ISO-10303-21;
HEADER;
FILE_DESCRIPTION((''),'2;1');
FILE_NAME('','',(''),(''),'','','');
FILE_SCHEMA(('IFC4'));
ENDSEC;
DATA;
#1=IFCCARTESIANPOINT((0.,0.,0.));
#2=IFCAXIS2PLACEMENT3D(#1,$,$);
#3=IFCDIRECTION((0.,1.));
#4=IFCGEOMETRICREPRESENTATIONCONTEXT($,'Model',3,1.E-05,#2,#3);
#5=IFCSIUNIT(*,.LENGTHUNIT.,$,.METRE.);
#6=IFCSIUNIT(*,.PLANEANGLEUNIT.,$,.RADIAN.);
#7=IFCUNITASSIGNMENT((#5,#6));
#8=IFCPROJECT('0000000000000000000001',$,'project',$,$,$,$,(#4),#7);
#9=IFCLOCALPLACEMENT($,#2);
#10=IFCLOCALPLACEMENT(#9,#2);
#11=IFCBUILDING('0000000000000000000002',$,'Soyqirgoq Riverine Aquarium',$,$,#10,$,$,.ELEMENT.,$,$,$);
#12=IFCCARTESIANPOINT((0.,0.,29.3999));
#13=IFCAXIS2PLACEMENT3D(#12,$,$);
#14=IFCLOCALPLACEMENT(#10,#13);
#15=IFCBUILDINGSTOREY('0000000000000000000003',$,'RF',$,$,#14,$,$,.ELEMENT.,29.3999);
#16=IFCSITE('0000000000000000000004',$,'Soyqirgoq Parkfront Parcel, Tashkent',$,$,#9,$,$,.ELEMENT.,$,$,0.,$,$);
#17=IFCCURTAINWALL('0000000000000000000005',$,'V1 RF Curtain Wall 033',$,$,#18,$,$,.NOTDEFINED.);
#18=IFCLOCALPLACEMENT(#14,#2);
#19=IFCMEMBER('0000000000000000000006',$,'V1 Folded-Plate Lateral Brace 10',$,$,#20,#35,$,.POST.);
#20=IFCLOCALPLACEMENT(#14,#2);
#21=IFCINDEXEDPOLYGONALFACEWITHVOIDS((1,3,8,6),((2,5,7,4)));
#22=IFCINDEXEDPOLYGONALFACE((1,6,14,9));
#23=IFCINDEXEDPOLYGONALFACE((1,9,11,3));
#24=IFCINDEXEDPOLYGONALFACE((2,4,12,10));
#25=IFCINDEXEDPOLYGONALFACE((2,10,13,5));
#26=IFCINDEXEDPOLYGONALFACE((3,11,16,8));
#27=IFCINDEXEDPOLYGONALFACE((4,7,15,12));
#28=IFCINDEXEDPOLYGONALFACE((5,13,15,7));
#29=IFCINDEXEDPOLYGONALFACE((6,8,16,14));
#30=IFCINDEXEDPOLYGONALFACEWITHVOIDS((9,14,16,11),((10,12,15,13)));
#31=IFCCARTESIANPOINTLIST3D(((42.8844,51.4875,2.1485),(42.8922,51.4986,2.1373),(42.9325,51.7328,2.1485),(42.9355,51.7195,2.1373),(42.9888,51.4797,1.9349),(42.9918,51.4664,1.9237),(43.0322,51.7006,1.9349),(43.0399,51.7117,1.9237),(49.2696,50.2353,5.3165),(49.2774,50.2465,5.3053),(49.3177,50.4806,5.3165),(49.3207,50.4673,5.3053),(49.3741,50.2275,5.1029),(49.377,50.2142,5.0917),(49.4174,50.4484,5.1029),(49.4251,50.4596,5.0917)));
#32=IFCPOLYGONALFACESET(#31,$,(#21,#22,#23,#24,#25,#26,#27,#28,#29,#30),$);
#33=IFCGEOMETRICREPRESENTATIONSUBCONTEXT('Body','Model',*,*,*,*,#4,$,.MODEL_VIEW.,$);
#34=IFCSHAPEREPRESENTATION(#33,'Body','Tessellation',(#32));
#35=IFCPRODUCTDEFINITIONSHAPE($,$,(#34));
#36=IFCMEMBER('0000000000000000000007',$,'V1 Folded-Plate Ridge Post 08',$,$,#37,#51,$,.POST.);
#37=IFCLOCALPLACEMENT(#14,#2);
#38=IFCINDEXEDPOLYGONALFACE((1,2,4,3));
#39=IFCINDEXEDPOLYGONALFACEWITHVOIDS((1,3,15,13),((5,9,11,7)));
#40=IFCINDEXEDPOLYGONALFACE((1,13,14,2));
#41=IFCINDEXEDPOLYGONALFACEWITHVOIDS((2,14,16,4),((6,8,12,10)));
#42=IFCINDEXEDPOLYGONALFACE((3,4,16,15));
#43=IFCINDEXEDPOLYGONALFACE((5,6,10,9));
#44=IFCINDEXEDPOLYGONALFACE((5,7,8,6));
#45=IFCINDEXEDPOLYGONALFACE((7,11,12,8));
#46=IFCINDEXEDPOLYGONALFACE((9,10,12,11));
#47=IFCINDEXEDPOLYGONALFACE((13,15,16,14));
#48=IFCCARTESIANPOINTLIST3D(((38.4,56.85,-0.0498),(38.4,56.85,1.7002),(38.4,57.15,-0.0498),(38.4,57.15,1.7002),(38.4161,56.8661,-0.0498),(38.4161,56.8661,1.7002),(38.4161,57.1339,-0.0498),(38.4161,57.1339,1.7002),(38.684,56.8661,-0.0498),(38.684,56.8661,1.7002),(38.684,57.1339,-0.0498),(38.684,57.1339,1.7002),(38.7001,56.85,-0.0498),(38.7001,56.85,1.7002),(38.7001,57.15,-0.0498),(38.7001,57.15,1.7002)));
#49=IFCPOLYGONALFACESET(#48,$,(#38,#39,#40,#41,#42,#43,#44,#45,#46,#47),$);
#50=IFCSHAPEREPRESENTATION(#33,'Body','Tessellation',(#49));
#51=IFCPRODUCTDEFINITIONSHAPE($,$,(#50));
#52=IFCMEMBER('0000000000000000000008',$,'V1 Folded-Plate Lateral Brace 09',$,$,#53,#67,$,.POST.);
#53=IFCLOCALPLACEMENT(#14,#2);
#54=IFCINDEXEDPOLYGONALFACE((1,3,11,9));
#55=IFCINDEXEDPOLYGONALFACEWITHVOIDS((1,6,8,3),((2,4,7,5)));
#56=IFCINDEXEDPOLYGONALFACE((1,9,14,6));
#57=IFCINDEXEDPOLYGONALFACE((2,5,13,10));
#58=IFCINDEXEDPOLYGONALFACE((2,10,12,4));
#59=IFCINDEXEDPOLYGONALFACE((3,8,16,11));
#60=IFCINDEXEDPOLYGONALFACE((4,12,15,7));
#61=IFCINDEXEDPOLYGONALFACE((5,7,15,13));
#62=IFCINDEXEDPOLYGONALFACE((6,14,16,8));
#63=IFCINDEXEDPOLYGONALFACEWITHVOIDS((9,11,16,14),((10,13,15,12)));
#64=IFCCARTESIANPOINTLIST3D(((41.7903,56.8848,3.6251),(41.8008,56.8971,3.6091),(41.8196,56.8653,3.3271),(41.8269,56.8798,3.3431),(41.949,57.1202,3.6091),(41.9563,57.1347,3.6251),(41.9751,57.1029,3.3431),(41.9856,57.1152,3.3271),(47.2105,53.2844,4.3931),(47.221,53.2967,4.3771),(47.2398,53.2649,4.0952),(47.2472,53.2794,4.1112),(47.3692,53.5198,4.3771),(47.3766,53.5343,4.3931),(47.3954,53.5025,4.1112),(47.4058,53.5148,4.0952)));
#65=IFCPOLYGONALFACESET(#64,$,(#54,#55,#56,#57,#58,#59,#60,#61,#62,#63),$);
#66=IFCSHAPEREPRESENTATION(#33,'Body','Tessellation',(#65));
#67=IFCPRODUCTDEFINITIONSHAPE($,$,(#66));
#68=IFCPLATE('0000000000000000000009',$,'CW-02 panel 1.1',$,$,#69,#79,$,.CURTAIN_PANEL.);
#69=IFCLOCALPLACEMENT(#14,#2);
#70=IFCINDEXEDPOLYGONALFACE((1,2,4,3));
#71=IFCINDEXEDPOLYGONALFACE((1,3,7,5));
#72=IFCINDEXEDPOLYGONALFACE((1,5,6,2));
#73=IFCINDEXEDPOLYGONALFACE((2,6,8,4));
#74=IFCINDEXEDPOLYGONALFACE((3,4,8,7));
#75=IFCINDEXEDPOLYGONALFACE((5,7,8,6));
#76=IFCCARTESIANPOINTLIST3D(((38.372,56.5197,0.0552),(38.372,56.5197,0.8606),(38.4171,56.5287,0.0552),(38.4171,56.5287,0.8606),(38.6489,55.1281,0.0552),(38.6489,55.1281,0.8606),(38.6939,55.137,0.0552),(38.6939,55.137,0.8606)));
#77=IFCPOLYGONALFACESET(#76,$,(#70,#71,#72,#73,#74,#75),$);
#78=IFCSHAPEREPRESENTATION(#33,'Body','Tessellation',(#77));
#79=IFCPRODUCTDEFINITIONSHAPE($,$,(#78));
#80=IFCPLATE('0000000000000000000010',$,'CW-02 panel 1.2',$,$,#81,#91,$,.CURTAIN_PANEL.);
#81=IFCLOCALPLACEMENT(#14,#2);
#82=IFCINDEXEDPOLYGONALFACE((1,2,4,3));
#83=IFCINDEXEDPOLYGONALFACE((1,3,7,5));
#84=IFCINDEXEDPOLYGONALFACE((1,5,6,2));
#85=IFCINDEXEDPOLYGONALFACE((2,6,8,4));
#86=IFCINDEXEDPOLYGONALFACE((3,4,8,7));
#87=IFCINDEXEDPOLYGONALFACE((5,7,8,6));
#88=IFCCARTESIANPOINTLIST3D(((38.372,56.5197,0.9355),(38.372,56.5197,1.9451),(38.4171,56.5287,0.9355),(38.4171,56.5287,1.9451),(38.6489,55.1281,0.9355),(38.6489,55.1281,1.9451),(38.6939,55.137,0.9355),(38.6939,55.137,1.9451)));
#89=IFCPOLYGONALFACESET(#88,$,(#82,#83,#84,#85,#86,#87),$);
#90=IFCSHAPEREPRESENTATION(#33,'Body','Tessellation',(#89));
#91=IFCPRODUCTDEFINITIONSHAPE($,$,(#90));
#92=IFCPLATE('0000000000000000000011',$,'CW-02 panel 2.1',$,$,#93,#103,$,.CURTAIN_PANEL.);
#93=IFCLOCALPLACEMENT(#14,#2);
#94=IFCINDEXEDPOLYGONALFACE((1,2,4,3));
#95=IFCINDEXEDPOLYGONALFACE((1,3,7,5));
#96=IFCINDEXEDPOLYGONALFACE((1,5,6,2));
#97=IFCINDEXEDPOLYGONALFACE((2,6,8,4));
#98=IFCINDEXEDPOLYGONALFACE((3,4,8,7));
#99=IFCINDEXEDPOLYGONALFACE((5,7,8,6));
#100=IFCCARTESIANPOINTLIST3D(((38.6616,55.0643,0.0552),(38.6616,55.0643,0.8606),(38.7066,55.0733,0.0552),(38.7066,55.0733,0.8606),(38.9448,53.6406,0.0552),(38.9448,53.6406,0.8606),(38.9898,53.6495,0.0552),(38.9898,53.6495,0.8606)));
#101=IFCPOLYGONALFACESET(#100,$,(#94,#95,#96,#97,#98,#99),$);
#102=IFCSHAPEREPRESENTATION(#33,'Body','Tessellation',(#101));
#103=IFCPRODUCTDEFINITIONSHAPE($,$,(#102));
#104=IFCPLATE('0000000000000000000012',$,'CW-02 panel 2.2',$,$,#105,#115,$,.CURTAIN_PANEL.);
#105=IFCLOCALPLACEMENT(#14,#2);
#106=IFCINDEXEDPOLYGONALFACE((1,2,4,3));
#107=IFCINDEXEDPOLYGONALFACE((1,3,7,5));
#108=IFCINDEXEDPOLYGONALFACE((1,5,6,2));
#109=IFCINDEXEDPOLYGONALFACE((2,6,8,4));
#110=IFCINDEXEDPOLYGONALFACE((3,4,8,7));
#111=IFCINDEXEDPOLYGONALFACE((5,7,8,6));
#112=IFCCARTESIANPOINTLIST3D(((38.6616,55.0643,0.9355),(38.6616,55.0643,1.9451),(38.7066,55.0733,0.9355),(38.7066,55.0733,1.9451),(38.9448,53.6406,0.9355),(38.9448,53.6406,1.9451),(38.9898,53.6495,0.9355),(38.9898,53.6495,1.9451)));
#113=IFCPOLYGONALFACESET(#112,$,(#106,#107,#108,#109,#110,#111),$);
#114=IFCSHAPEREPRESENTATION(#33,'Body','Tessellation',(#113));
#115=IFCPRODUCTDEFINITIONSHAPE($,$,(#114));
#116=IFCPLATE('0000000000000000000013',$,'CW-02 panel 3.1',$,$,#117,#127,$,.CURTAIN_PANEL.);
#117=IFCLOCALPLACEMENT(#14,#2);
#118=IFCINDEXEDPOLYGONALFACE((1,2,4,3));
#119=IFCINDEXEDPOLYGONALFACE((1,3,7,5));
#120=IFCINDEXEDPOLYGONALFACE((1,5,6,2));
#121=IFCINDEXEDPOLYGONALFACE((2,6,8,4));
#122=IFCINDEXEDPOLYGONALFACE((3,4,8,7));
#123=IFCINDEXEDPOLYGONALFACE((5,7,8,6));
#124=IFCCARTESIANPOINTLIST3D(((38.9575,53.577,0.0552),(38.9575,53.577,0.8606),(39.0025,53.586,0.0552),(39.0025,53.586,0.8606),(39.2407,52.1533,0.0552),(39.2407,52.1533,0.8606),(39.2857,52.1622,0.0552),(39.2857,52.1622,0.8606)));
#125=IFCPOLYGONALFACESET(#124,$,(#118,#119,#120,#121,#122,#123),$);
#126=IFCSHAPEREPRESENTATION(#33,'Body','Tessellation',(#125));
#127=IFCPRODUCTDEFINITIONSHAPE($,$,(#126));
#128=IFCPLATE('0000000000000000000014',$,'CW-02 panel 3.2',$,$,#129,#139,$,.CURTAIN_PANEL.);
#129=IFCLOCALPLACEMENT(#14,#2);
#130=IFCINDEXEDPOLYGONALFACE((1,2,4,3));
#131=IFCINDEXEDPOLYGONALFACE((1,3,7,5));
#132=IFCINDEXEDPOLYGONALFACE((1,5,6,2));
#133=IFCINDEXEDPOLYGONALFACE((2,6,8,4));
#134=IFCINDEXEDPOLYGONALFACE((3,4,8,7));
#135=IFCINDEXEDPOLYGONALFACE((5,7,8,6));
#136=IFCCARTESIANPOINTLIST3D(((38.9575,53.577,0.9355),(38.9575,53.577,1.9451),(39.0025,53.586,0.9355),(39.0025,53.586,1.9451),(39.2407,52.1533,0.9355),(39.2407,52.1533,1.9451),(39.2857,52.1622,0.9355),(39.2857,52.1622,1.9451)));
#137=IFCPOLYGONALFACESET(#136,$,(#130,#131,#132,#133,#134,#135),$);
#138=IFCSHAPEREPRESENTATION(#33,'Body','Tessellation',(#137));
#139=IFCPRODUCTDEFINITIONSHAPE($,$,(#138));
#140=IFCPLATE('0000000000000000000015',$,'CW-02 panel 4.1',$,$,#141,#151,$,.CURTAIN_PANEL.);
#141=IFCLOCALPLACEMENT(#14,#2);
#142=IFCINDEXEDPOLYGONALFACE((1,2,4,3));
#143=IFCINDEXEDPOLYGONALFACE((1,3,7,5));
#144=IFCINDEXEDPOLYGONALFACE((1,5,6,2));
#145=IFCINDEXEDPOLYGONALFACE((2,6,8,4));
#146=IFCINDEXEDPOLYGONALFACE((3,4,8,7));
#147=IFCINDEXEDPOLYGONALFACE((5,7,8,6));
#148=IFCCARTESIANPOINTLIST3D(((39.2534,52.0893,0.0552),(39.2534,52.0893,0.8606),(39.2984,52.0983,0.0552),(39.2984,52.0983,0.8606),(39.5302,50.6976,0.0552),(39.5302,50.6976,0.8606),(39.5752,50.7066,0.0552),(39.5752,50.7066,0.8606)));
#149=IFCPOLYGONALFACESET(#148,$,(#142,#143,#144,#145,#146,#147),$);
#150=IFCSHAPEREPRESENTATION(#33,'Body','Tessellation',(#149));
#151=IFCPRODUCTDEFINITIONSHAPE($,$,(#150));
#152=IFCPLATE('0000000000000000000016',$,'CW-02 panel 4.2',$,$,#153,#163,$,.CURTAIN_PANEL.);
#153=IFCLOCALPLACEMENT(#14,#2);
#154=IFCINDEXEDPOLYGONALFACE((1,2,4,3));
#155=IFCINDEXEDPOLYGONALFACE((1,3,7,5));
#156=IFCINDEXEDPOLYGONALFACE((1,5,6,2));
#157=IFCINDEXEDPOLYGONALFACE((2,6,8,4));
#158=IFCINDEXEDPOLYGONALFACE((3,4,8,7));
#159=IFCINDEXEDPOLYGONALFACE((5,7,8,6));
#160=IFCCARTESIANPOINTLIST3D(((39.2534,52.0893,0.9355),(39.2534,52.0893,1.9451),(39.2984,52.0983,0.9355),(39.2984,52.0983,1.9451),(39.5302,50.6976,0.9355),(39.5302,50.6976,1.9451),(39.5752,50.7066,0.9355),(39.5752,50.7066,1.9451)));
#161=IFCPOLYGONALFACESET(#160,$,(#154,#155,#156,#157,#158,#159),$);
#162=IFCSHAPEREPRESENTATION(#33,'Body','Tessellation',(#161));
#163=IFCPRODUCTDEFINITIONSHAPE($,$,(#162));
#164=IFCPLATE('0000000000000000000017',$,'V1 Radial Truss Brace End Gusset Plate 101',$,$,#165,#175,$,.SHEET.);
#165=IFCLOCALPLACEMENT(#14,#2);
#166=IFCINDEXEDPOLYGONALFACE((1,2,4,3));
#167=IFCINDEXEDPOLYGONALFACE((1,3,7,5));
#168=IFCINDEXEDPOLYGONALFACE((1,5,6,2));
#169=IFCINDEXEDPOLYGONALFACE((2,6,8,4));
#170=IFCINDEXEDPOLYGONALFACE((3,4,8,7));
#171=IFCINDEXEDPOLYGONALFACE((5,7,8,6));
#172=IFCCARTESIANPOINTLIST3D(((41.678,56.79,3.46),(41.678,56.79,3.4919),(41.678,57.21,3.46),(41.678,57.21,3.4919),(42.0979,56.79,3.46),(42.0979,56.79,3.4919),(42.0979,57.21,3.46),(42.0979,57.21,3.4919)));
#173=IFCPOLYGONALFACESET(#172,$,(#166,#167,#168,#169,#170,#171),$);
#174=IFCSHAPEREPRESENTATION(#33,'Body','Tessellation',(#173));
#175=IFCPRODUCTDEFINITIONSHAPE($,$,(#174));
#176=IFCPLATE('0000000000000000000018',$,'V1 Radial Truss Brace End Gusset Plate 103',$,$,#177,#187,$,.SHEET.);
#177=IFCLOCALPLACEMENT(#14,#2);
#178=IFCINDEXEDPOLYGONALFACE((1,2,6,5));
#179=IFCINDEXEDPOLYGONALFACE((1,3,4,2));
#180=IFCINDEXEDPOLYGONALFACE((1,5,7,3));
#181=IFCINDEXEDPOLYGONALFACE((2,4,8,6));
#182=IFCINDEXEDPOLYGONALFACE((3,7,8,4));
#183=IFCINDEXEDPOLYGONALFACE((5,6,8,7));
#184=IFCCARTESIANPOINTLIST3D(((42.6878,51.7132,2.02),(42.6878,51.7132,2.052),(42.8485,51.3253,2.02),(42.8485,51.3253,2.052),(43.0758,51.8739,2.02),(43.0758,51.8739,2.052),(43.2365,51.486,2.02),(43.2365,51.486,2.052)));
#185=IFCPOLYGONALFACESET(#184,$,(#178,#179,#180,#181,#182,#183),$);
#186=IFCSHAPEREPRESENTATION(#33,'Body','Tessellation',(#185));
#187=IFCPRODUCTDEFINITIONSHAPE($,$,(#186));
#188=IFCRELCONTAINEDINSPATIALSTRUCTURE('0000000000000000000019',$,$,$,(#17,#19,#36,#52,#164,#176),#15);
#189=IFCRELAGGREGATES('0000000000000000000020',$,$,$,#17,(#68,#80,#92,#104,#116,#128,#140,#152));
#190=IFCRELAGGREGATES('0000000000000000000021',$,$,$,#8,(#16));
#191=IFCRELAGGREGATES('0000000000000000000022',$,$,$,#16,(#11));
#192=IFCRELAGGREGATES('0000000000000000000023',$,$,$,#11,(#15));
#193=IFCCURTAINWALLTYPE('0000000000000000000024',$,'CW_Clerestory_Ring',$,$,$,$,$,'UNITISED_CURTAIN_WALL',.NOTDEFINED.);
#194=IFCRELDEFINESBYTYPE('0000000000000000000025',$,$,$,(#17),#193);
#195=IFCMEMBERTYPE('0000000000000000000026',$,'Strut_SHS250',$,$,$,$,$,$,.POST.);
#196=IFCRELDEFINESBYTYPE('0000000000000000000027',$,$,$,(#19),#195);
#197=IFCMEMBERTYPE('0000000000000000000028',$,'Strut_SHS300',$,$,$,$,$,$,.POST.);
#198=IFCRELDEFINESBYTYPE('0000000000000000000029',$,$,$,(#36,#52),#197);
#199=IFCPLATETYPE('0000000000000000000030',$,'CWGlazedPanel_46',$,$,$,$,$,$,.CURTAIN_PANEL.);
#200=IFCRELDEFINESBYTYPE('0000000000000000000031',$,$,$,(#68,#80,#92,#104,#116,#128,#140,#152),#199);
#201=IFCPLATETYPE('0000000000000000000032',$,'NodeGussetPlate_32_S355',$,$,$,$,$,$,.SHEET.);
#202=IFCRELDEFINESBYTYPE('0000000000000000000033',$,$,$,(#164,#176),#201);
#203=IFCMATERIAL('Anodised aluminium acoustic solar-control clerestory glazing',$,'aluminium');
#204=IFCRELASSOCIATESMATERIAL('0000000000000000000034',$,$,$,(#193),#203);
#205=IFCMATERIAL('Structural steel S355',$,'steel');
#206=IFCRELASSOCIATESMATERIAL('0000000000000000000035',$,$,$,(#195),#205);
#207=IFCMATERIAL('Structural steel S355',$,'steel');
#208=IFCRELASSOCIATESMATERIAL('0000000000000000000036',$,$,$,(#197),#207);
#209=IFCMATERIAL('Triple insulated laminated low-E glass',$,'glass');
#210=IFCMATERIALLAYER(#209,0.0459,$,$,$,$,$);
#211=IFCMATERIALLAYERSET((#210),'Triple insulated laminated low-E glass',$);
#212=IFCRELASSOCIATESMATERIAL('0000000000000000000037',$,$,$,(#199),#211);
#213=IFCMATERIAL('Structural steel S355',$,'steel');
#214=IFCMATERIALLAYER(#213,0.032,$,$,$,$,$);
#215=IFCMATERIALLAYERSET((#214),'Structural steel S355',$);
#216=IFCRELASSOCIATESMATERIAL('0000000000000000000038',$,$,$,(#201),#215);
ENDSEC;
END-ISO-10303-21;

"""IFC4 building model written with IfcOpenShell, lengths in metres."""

from ifc_helpers import new_model, si_unit, direction, frame, origin, origin_2d, place, context, subcontext, project, spatial, rectangle, hollow_rectangle, extrude, material, layer, layer_set, material_profile, profile_set, type_object, element, aggregate, save


model = new_model("IFC4")

# Units and contexts
model_context = context("Model", 3, precision=1e-05, world=origin(), true_north=direction((0.0, 1.0)))
body_context = subcontext(model_context, "Body", "Model", "MODEL_VIEW")
ifc_project = project(units=[si_unit("LENGTHUNIT", "METRE"), si_unit("PLANEANGLEUNIT", "RADIAN")], contexts=[model_context])

# Site, building, storey
site_placement = place(None, origin())
site = spatial("IfcSite", under=ifc_project, at=site_placement, Name="Soyqirgoq Parkfront Parcel, Tashkent", CompositionType="ELEMENT", RefElevation=0.0)
building_placement = place(site_placement, origin())
building = spatial("IfcBuilding", under=site, at=building_placement, Name="Soyqirgoq Riverine Aquarium", CompositionType="ELEMENT")
storey_placement = place(building_placement, frame((0.0, 0.0, 29.3999)))
storey = spatial("IfcBuildingStorey", under=building, at=storey_placement, Name="RF", CompositionType="ELEMENT", Elevation=29.3999)

# Curtain wall
ifc_material_1 = material(Name="Anodised aluminium acoustic solar-control clerestory glazing", Category="aluminium")
curtain_wall_type = type_object("IfcCurtainWallType", Name="CW_Clerestory_Ring", ElementType="UNITISED_CURTAIN_WALL", PredefinedType="NOTDEFINED", material=ifc_material_1)
curtain_wall_placement = place(storey_placement, origin())
curtain_wall = element("IfcCurtainWall", 1, at=curtain_wall_placement, inside=storey, type_object=curtain_wall_type, Name="V1 RF Curtain Wall 033", PredefinedType="NOTDEFINED")

# Members
ifc_material_2 = material(Name="Structural steel S355", Category="steel")
ifc_material_profile_1 = material_profile(ifc_material_2, hollow_rectangle(XDim=0.25, YDim=0.25, WallThickness=0.0125, at=origin_2d()), Name="SHS 250x250x12.5")
ifc_profile_set_1 = profile_set([ifc_material_profile_1], Name="Structural steel S355")
member_type_1 = type_object("IfcMemberType", Name="Strut_SHS250", PredefinedType="POST", material=ifc_profile_set_1)
member_1_placement = place(storey_placement, frame((42.9622, 51.5996, 2.0361), z_axis=(0.882296, -0.173025, 0.437741), x_axis=(0.192442, 0.981308, 0.0)))
element("IfcMember", 2, at=member_1_placement, inside=storey, type_object=member_type_1, Name="V1 Folded-Plate Lateral Brace 10", PredefinedType="POST", context=body_context, shape_type="SweptSolid", body=[
    extrude(hollow_rectangle(XDim=0.25, YDim=0.25, WallThickness=0.0125, at=origin_2d()), origin(), (0.0, 0.0, 1.0), 7.2371),
])
ifc_material_3 = material(Name="Structural steel S355", Category="steel")
ifc_material_profile_2 = material_profile(ifc_material_3, hollow_rectangle(XDim=0.3, YDim=0.3, WallThickness=0.0161, at=origin_2d()), Name="SHS 300x300x16")
ifc_profile_set_2 = profile_set([ifc_material_profile_2], Name="Structural steel S355")
member_type_2 = type_object("IfcMemberType", Name="Strut_SHS300", PredefinedType="POST", material=ifc_profile_set_2)
member_2_placement = place(storey_placement, frame((38.55, 57.0, -0.0498), z_axis=(0.0, 0.0, 1.0), x_axis=(-1.0, 0.0, 0.0)))
element("IfcMember", 3, at=member_2_placement, inside=storey, type_object=member_type_2, Name="V1 Folded-Plate Ridge Post 08", PredefinedType="POST", context=body_context, shape_type="SweptSolid", body=[
    extrude(hollow_rectangle(XDim=0.3, YDim=0.3, WallThickness=0.0161, at=origin_2d()), origin(), (0.0, 0.0, 1.0), 1.75),
])
member_3_placement = place(storey_placement, frame((41.8879, 57.0, 3.4761), z_axis=(0.827236, -0.549491, 0.117224), x_axis=(0.553305, 0.832978, 0.0)))
element("IfcMember", 4, at=member_3_placement, inside=storey, type_object=member_type_2, Name="V1 Folded-Plate Lateral Brace 09", PredefinedType="POST", context=body_context, shape_type="SweptSolid", body=[
    extrude(hollow_rectangle(XDim=0.3, YDim=0.3, WallThickness=0.0161, at=origin_2d()), origin(), (0.0, 0.0, 1.0), 6.5522),
])

# Plates
ifc_material_4 = material(Name="Triple insulated laminated low-E glass", Category="glass")
ifc_layer_1 = layer(ifc_material_4, 0.0459)
ifc_layer_set_1 = layer_set([ifc_layer_1], Name="Triple insulated laminated low-E glass")
plate_type_1 = type_object("IfcPlateType", Name="CWGlazedPanel_46", PredefinedType="CURTAIN_PANEL", material=ifc_layer_set_1)
plate_1_placement = place(storey_placement, frame((38.533, 55.8284, 0.0552), z_axis=(0.0, 0.0, 1.0), x_axis=(0.195095, -0.980784, 0.0)))
plate_1 = element("IfcPlate", 5, at=plate_1_placement, type_object=plate_type_1, Name="CW-02 panel 1.1", PredefinedType="CURTAIN_PANEL", context=body_context, shape_type="SweptSolid", body=[
    extrude(rectangle(XDim=1.4189, YDim=0.0459, at=origin_2d()), origin(), (0.0, 0.0, 1.0), 0.8054),
])
plate_2_placement = place(storey_placement, frame((38.533, 55.8284, 0.9355), z_axis=(0.0, 0.0, 1.0), x_axis=(0.195095, -0.980784, 0.0)))
plate_2 = element("IfcPlate", 6, at=plate_2_placement, type_object=plate_type_1, Name="CW-02 panel 1.2", PredefinedType="CURTAIN_PANEL", context=body_context, shape_type="SweptSolid", body=[
    extrude(rectangle(XDim=1.4189, YDim=0.0459, at=origin_2d()), origin(), (0.0, 0.0, 1.0), 1.0095),
])
plate_3_placement = place(storey_placement, frame((38.8257, 54.3569, 0.0552), z_axis=(0.0, 0.0, 1.0), x_axis=(0.195095, -0.980784, 0.0)))
plate_3 = element("IfcPlate", 7, at=plate_3_placement, type_object=plate_type_1, Name="CW-02 panel 2.1", PredefinedType="CURTAIN_PANEL", context=body_context, shape_type="SweptSolid", body=[
    extrude(rectangle(XDim=1.4517, YDim=0.0459, at=origin_2d()), origin(), (0.0, 0.0, 1.0), 0.8054),
])
plate_4_placement = place(storey_placement, frame((38.8257, 54.3569, 0.9355), z_axis=(0.0, 0.0, 1.0), x_axis=(0.195095, -0.980784, 0.0)))
plate_4 = element("IfcPlate", 8, at=plate_4_placement, type_object=plate_type_1, Name="CW-02 panel 2.2", PredefinedType="CURTAIN_PANEL", context=body_context, shape_type="SweptSolid", body=[
    extrude(rectangle(XDim=1.4517, YDim=0.0459, at=origin_2d()), origin(), (0.0, 0.0, 1.0), 1.0095),
])
plate_5_placement = place(storey_placement, frame((39.1216, 52.8696, 0.0552), z_axis=(0.0, 0.0, 1.0), x_axis=(0.195095, -0.980784, 0.0)))
plate_5 = element("IfcPlate", 9, at=plate_5_placement, type_object=plate_type_1, Name="CW-02 panel 3.1", PredefinedType="CURTAIN_PANEL", context=body_context, shape_type="SweptSolid", body=[
    extrude(rectangle(XDim=1.4517, YDim=0.0459, at=origin_2d()), origin(), (0.0, 0.0, 1.0), 0.8054),
])
plate_6_placement = place(storey_placement, frame((39.1216, 52.8696, 0.9355), z_axis=(0.0, 0.0, 1.0), x_axis=(0.195095, -0.980784, 0.0)))
plate_6 = element("IfcPlate", 10, at=plate_6_placement, type_object=plate_type_1, Name="CW-02 panel 3.2", PredefinedType="CURTAIN_PANEL", context=body_context, shape_type="SweptSolid", body=[
    extrude(rectangle(XDim=1.4517, YDim=0.0459, at=origin_2d()), origin(), (0.0, 0.0, 1.0), 1.0095),
])
plate_7_placement = place(storey_placement, frame((39.4143, 51.3979, 0.0552), z_axis=(0.0, 0.0, 1.0), x_axis=(0.195095, -0.980784, 0.0)))
plate_7 = element("IfcPlate", 11, at=plate_7_placement, type_object=plate_type_1, Name="CW-02 panel 4.1", PredefinedType="CURTAIN_PANEL", context=body_context, shape_type="SweptSolid", body=[
    extrude(rectangle(XDim=1.4189, YDim=0.0459, at=origin_2d()), origin(), (0.0, 0.0, 1.0), 0.8054),
])
plate_8_placement = place(storey_placement, frame((39.4143, 51.3979, 0.9355), z_axis=(0.0, 0.0, 1.0), x_axis=(0.195095, -0.980784, 0.0)))
plate_8 = element("IfcPlate", 12, at=plate_8_placement, type_object=plate_type_1, Name="CW-02 panel 4.2", PredefinedType="CURTAIN_PANEL", context=body_context, shape_type="SweptSolid", body=[
    extrude(rectangle(XDim=1.4189, YDim=0.0459, at=origin_2d()), origin(), (0.0, 0.0, 1.0), 1.0095),
])
aggregate(curtain_wall, [plate_1, plate_2, plate_3, plate_4, plate_5, plate_6, plate_7, plate_8])

# Plates
ifc_material_5 = material(Name="Structural steel S355", Category="steel")
ifc_layer_2 = layer(ifc_material_5, 0.032)
ifc_layer_set_2 = layer_set([ifc_layer_2], Name="Structural steel S355")
plate_type_2 = type_object("IfcPlateType", Name="NodeGussetPlate_32_S355", PredefinedType="SHEET", material=ifc_layer_set_2)
for number, where, z_axis, x_axis, name in (
    (13, (41.8879, 57.0, 3.46), (0.0, 0.0, 1.0), (-1.0, 0.0, 0.0), "V1 Radial Truss Brace End Gusset Plate 101"),
    (14, (42.9622, 51.5996, 2.02), (0.0, 0.0, 1.0), (-0.92388, -0.382683, 0.0), "V1 Radial Truss Brace End Gusset Plate 103"),
):
    element("IfcPlate", number, at=place(storey_placement, frame(where, z_axis=z_axis, x_axis=x_axis)), inside=storey, type_object=plate_type_2, Name=name, PredefinedType="SHEET", context=body_context, shape_type="SweptSolid", body=[
        extrude(rectangle(XDim=0.4199, YDim=0.4199, at=origin_2d()), origin(), (0.0, 0.0, 1.0), 0.032),
    ])

save(model, "model.ifc")
